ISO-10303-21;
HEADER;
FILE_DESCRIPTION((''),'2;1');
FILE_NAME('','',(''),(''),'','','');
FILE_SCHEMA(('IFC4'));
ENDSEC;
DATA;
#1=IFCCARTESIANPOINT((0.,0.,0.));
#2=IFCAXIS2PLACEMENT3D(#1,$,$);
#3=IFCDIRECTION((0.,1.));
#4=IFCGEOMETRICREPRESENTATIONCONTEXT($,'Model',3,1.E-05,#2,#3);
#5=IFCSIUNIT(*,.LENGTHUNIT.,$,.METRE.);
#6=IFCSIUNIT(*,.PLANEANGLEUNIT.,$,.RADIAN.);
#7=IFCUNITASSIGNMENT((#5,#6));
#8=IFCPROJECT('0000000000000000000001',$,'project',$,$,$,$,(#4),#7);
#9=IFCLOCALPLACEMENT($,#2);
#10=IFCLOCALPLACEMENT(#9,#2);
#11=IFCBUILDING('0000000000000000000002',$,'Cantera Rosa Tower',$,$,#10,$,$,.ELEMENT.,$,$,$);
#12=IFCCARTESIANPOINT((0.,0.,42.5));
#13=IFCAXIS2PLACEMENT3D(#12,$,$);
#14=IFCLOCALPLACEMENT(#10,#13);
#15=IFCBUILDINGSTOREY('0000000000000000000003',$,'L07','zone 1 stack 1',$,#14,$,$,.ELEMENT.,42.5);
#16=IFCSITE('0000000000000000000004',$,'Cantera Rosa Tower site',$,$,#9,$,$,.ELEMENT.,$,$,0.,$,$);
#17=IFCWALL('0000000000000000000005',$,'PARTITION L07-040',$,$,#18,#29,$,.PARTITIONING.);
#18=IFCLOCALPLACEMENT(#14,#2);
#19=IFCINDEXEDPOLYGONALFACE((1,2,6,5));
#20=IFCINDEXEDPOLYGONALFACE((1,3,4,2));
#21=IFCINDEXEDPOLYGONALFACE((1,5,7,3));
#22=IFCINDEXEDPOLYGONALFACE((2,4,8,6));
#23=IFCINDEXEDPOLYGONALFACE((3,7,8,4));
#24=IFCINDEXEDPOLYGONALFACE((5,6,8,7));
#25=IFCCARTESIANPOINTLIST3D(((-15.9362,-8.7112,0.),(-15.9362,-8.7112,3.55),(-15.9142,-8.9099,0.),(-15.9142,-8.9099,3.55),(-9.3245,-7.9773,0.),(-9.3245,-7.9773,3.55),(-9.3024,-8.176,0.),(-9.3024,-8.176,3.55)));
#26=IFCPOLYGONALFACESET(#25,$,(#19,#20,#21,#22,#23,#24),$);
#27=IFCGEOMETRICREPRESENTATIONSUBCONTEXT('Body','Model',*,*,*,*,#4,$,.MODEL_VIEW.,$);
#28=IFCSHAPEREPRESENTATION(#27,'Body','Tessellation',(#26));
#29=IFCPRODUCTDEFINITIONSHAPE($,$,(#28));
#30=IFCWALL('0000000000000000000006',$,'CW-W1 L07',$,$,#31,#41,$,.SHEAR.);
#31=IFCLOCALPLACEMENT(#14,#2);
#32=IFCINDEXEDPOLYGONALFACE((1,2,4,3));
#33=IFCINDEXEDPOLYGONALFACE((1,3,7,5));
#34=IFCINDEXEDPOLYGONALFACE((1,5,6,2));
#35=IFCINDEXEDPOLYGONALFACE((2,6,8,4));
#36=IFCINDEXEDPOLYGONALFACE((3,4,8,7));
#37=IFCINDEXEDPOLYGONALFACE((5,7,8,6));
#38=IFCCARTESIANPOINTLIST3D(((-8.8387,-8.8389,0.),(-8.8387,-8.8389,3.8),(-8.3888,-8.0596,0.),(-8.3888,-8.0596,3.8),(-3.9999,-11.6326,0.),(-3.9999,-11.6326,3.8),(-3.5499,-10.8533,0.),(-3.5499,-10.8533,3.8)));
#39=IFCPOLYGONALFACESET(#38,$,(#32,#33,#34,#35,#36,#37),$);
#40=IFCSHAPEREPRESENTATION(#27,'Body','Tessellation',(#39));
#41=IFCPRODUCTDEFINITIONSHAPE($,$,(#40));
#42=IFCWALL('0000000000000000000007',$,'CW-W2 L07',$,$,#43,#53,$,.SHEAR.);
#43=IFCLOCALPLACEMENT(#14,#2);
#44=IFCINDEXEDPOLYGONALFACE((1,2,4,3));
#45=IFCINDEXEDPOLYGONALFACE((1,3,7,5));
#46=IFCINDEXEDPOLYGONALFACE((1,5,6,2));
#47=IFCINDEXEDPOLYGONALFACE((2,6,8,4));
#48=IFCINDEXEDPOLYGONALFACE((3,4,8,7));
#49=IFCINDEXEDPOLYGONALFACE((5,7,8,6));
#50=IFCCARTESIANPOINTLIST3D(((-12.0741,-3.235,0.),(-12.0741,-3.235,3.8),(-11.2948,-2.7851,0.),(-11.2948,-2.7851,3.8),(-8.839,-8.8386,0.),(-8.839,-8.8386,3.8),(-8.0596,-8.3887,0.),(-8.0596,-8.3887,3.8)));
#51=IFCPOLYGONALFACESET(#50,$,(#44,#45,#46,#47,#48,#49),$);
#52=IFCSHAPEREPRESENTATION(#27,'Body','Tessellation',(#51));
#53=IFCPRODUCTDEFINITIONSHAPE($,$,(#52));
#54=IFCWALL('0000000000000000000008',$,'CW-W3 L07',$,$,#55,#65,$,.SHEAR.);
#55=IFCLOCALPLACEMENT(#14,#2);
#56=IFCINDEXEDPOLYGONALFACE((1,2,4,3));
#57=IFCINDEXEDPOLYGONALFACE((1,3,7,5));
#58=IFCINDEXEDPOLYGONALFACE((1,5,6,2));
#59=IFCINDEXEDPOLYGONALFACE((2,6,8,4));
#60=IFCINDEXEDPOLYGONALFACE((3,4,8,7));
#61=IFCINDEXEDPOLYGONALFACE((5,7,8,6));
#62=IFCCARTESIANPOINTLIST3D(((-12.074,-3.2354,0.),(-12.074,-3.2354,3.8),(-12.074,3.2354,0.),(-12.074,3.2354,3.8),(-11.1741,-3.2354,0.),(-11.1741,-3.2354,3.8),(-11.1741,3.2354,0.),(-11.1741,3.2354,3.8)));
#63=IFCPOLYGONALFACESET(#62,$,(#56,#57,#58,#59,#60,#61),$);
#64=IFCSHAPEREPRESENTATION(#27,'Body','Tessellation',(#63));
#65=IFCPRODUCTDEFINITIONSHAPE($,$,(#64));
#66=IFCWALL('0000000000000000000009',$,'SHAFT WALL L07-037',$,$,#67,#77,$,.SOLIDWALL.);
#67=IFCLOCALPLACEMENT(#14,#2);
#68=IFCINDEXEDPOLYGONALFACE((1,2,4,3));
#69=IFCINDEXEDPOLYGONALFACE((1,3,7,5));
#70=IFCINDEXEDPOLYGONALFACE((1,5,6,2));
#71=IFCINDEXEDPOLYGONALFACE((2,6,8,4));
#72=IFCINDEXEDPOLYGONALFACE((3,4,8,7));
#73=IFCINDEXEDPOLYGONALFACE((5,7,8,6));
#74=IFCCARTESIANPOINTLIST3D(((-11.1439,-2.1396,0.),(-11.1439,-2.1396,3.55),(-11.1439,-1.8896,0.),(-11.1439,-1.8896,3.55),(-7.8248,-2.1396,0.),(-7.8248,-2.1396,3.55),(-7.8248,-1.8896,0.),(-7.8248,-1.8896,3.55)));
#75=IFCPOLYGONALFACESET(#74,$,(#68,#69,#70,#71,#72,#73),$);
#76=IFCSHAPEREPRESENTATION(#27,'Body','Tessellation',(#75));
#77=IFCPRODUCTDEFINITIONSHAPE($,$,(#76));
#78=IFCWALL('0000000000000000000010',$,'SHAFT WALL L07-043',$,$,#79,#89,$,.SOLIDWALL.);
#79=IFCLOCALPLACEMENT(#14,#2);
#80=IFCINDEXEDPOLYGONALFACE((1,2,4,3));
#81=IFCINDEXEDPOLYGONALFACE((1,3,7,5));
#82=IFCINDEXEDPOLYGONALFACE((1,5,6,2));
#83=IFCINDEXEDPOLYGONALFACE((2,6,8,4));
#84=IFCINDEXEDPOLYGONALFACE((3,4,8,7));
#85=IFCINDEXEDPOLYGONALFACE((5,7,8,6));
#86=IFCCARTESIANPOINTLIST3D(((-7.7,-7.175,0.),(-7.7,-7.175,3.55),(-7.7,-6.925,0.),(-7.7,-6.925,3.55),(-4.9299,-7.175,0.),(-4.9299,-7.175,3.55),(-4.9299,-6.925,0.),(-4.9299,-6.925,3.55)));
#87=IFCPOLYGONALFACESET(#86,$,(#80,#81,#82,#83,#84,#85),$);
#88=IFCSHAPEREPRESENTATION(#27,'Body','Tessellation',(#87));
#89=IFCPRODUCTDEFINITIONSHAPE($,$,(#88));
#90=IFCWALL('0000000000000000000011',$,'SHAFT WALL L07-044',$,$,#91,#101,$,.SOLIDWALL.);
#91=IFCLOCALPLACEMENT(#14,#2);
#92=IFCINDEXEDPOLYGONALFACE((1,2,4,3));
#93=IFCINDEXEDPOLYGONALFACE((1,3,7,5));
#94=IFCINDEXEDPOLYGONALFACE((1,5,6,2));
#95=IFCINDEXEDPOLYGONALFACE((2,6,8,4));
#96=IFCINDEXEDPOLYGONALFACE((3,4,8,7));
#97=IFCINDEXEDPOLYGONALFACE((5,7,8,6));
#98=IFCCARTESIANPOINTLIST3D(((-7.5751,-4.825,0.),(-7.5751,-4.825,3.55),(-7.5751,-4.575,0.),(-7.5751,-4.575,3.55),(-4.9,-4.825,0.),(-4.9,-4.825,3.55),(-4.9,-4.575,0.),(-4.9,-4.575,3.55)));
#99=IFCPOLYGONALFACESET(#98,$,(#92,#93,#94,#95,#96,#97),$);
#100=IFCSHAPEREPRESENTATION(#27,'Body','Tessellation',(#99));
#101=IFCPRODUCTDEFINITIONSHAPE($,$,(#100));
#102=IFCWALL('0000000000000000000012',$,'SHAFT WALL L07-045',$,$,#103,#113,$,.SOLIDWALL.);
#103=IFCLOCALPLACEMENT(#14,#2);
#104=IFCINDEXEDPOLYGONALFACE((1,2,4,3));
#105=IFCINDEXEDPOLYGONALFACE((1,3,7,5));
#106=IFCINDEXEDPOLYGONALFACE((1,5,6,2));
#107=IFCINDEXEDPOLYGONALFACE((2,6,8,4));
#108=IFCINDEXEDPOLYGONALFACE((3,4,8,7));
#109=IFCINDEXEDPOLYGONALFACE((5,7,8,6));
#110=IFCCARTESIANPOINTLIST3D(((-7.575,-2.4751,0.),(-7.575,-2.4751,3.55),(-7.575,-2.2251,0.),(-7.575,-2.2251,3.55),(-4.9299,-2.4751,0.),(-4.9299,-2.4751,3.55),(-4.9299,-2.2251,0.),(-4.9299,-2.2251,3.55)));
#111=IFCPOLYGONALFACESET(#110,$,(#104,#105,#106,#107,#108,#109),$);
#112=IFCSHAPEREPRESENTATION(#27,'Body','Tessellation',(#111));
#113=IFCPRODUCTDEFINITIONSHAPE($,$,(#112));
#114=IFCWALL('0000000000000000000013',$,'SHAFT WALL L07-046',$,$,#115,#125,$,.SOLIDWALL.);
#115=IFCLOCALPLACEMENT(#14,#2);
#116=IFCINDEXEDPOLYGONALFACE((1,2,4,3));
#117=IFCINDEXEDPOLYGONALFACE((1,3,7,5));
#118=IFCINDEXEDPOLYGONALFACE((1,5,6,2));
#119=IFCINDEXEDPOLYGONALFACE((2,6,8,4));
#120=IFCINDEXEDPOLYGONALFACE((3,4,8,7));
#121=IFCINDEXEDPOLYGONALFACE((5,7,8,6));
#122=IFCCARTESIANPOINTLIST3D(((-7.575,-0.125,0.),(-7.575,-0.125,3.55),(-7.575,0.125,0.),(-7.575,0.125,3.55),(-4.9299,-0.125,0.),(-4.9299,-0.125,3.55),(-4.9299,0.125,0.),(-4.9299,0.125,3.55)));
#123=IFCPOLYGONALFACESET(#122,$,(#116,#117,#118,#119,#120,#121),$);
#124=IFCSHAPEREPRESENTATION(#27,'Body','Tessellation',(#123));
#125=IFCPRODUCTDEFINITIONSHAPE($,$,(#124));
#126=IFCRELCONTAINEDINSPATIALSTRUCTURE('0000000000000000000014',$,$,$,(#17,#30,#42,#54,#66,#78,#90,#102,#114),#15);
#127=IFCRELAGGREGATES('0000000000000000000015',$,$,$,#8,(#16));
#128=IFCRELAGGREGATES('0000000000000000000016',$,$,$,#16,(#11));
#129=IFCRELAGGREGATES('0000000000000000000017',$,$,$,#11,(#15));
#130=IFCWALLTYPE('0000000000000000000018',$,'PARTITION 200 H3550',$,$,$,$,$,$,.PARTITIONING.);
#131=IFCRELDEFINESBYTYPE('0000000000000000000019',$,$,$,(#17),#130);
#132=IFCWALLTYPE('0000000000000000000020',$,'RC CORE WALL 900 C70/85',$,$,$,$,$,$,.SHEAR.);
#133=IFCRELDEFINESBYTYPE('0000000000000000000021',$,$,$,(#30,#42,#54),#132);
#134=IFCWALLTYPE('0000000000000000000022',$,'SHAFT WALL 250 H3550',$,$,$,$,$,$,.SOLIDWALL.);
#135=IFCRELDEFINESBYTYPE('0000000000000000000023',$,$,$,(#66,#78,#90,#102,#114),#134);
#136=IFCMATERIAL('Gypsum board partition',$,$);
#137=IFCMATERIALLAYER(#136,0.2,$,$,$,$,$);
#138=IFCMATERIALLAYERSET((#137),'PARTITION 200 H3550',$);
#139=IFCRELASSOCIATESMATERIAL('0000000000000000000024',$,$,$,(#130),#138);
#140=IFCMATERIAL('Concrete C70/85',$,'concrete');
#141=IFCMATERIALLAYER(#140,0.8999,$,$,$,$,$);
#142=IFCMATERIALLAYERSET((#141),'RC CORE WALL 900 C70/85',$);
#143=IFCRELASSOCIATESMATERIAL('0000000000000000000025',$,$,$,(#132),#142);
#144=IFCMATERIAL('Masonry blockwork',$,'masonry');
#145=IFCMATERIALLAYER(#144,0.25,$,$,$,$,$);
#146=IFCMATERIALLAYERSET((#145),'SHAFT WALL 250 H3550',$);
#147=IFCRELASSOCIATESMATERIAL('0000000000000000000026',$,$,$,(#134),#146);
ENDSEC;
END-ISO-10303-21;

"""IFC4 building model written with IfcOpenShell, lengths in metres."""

from ifc_helpers import new_model, si_unit, direction, frame, frame_2d, origin, place, context, subcontext, project, spatial, rectangle, extrude, material, layer, layer_set, type_object, element, save


model = new_model("IFC4")

# Units and contexts
model_context = context("Model", 3, precision=1e-05, world=origin(), true_north=direction((0.0, 1.0)))
body_context = subcontext(model_context, "Body", "Model", "MODEL_VIEW")
ifc_project = project(units=[si_unit("LENGTHUNIT", "METRE"), si_unit("PLANEANGLEUNIT", "RADIAN")], contexts=[model_context])

# Site, building, storey
site_placement = place(None, origin())
site = spatial("IfcSite", under=ifc_project, at=site_placement, Name="Cantera Rosa Tower site", CompositionType="ELEMENT", RefElevation=0.0)
building_placement = place(site_placement, origin())
building = spatial("IfcBuilding", under=site, at=building_placement, Name="Cantera Rosa Tower", CompositionType="ELEMENT")
storey_placement = place(building_placement, frame((0.0, 0.0, 42.5)))
storey = spatial("IfcBuildingStorey", under=building, at=storey_placement, Name="L07", Description="zone 1 stack 1", CompositionType="ELEMENT", Elevation=42.5)

# Walls
ifc_material_1 = material(Name="Gypsum board partition")
ifc_layer_1 = layer(ifc_material_1, 0.2)
ifc_layer_set_1 = layer_set([ifc_layer_1], Name="PARTITION 200 H3550")
wall_type_1 = type_object("IfcWallType", Name="PARTITION 200 H3550", PredefinedType="PARTITIONING", material=ifc_layer_set_1)
wall_1_placement = place(storey_placement, frame((-9.3135, -8.0767, 0.0), z_axis=(0.0, 0.0, 1.0), x_axis=(-0.993896, -0.110319, 0.0)))
element("IfcWall", 1, at=wall_1_placement, inside=storey, type_object=wall_type_1, Name="PARTITION L07-040", PredefinedType="PARTITIONING", context=body_context, shape_type="SweptSolid", body=[
    extrude(rectangle(XDim=6.6523, YDim=0.2, at=frame_2d((3.3262, 0.0))), origin(), (0.0, 0.0, 1.0), 3.55),
])
ifc_material_2 = material(Name="Concrete C70/85", Category="concrete")
ifc_layer_2 = layer(ifc_material_2, 0.8999)
ifc_layer_set_2 = layer_set([ifc_layer_2], Name="RC CORE WALL 900 C70/85")
wall_type_2 = type_object("IfcWallType", Name="RC CORE WALL 900 C70/85", PredefinedType="SHEAR", material=ifc_layer_set_2)
wall_2_placement = place(storey_placement, frame((-3.7749, -11.2429, 0.0), z_axis=(0.0, 0.0, 1.0), x_axis=(-0.866027, 0.499997, 0.0)))
element("IfcWall", 2, at=wall_2_placement, inside=storey, type_object=wall_type_2, Name="CW-W1 L07", PredefinedType="SHEAR", context=body_context, shape_type="SweptSolid", body=[
    extrude(rectangle(XDim=5.5874, YDim=0.8999, at=frame_2d((2.7937, 0.0))), origin(), (0.0, 0.0, 1.0), 3.8),
])
wall_3_placement = place(storey_placement, frame((-8.4492, -8.6138, 0.0), z_axis=(0.0, 0.0, 1.0), x_axis=(-0.49999, 0.866031, 0.0)))
element("IfcWall", 3, at=wall_3_placement, inside=storey, type_object=wall_type_2, Name="CW-W2 L07", PredefinedType="SHEAR", context=body_context, shape_type="SweptSolid", body=[
    extrude(rectangle(XDim=6.4705, YDim=0.8999, at=frame_2d((3.2354, 0.0))), origin(), (0.0, 0.0, 1.0), 3.8),
])
wall_4_placement = place(storey_placement, frame((-11.624, -3.2354, 0.0), z_axis=(0.0, 0.0, 1.0), x_axis=(0.0, 1.0, 0.0)))
element("IfcWall", 4, at=wall_4_placement, inside=storey, type_object=wall_type_2, Name="CW-W3 L07", PredefinedType="SHEAR", context=body_context, shape_type="SweptSolid", body=[
    extrude(rectangle(XDim=6.4707, YDim=0.8999, at=frame_2d((3.2354, 0.0))), origin(), (0.0, 0.0, 1.0), 3.8),
])
ifc_material_3 = material(Name="Masonry blockwork", Category="masonry")
ifc_layer_3 = layer(ifc_material_3, 0.25)
ifc_layer_set_3 = layer_set([ifc_layer_3], Name="SHAFT WALL 250 H3550")
wall_type_3 = type_object("IfcWallType", Name="SHAFT WALL 250 H3550", PredefinedType="SOLIDWALL", material=ifc_layer_set_3)
wall_5_placement = place(storey_placement, frame((-11.144, -2.0146, 0.0), z_axis=(0.0, 0.0, 1.0), x_axis=(1.0, 0.0, 0.0)))
element("IfcWall", 5, at=wall_5_placement, inside=storey, type_object=wall_type_3, Name="SHAFT WALL L07-037", PredefinedType="SOLIDWALL", context=body_context, shape_type="SweptSolid", body=[
    extrude(rectangle(XDim=3.3191, YDim=0.25, at=frame_2d((1.6597, 0.0))), origin(), (0.0, 0.0, 1.0), 3.55),
])
wall_6_placement = place(storey_placement, frame((-7.7, -7.05, 0.0), z_axis=(0.0, 0.0, 1.0), x_axis=(1.0, 0.0, 0.0)))
element("IfcWall", 6, at=wall_6_placement, inside=storey, type_object=wall_type_3, Name="SHAFT WALL L07-043", PredefinedType="SOLIDWALL", context=body_context, shape_type="SweptSolid", body=[
    extrude(rectangle(XDim=2.77, YDim=0.25, at=frame_2d((1.385, 0.0))), origin(), (0.0, 0.0, 1.0), 3.55),
])
wall_7_placement = place(storey_placement, frame((-7.575, -4.7, 0.0), z_axis=(0.0, 0.0, 1.0), x_axis=(1.0, 0.0, 0.0)))
element("IfcWall", 7, at=wall_7_placement, inside=storey, type_object=wall_type_3, Name="SHAFT WALL L07-044", PredefinedType="SOLIDWALL", context=body_context, shape_type="SweptSolid", body=[
    extrude(rectangle(XDim=2.675, YDim=0.25, at=frame_2d((1.3374, 0.0))), origin(), (0.0, 0.0, 1.0), 3.55),
])
for number, where, z_axis, x_axis, name in (
    (8, (-7.575, -2.3501, 0.0), (0.0, 0.0, 1.0), (1.0, 0.0, 0.0), "SHAFT WALL L07-045"),
    (9, (-7.575, 0.0, 0.0), (0.0, 0.0, 1.0), (1.0, 0.0, 0.0), "SHAFT WALL L07-046"),
):
    element("IfcWall", number, at=place(storey_placement, frame(where, z_axis=z_axis, x_axis=x_axis)), inside=storey, type_object=wall_type_3, Name=name, PredefinedType="SOLIDWALL", context=body_context, shape_type="SweptSolid", body=[
        extrude(rectangle(XDim=2.645, YDim=0.25, at=frame_2d((1.3225, 0.0))), origin(), (0.0, 0.0, 1.0), 3.55),
    ])

save(model, "model.ifc")
